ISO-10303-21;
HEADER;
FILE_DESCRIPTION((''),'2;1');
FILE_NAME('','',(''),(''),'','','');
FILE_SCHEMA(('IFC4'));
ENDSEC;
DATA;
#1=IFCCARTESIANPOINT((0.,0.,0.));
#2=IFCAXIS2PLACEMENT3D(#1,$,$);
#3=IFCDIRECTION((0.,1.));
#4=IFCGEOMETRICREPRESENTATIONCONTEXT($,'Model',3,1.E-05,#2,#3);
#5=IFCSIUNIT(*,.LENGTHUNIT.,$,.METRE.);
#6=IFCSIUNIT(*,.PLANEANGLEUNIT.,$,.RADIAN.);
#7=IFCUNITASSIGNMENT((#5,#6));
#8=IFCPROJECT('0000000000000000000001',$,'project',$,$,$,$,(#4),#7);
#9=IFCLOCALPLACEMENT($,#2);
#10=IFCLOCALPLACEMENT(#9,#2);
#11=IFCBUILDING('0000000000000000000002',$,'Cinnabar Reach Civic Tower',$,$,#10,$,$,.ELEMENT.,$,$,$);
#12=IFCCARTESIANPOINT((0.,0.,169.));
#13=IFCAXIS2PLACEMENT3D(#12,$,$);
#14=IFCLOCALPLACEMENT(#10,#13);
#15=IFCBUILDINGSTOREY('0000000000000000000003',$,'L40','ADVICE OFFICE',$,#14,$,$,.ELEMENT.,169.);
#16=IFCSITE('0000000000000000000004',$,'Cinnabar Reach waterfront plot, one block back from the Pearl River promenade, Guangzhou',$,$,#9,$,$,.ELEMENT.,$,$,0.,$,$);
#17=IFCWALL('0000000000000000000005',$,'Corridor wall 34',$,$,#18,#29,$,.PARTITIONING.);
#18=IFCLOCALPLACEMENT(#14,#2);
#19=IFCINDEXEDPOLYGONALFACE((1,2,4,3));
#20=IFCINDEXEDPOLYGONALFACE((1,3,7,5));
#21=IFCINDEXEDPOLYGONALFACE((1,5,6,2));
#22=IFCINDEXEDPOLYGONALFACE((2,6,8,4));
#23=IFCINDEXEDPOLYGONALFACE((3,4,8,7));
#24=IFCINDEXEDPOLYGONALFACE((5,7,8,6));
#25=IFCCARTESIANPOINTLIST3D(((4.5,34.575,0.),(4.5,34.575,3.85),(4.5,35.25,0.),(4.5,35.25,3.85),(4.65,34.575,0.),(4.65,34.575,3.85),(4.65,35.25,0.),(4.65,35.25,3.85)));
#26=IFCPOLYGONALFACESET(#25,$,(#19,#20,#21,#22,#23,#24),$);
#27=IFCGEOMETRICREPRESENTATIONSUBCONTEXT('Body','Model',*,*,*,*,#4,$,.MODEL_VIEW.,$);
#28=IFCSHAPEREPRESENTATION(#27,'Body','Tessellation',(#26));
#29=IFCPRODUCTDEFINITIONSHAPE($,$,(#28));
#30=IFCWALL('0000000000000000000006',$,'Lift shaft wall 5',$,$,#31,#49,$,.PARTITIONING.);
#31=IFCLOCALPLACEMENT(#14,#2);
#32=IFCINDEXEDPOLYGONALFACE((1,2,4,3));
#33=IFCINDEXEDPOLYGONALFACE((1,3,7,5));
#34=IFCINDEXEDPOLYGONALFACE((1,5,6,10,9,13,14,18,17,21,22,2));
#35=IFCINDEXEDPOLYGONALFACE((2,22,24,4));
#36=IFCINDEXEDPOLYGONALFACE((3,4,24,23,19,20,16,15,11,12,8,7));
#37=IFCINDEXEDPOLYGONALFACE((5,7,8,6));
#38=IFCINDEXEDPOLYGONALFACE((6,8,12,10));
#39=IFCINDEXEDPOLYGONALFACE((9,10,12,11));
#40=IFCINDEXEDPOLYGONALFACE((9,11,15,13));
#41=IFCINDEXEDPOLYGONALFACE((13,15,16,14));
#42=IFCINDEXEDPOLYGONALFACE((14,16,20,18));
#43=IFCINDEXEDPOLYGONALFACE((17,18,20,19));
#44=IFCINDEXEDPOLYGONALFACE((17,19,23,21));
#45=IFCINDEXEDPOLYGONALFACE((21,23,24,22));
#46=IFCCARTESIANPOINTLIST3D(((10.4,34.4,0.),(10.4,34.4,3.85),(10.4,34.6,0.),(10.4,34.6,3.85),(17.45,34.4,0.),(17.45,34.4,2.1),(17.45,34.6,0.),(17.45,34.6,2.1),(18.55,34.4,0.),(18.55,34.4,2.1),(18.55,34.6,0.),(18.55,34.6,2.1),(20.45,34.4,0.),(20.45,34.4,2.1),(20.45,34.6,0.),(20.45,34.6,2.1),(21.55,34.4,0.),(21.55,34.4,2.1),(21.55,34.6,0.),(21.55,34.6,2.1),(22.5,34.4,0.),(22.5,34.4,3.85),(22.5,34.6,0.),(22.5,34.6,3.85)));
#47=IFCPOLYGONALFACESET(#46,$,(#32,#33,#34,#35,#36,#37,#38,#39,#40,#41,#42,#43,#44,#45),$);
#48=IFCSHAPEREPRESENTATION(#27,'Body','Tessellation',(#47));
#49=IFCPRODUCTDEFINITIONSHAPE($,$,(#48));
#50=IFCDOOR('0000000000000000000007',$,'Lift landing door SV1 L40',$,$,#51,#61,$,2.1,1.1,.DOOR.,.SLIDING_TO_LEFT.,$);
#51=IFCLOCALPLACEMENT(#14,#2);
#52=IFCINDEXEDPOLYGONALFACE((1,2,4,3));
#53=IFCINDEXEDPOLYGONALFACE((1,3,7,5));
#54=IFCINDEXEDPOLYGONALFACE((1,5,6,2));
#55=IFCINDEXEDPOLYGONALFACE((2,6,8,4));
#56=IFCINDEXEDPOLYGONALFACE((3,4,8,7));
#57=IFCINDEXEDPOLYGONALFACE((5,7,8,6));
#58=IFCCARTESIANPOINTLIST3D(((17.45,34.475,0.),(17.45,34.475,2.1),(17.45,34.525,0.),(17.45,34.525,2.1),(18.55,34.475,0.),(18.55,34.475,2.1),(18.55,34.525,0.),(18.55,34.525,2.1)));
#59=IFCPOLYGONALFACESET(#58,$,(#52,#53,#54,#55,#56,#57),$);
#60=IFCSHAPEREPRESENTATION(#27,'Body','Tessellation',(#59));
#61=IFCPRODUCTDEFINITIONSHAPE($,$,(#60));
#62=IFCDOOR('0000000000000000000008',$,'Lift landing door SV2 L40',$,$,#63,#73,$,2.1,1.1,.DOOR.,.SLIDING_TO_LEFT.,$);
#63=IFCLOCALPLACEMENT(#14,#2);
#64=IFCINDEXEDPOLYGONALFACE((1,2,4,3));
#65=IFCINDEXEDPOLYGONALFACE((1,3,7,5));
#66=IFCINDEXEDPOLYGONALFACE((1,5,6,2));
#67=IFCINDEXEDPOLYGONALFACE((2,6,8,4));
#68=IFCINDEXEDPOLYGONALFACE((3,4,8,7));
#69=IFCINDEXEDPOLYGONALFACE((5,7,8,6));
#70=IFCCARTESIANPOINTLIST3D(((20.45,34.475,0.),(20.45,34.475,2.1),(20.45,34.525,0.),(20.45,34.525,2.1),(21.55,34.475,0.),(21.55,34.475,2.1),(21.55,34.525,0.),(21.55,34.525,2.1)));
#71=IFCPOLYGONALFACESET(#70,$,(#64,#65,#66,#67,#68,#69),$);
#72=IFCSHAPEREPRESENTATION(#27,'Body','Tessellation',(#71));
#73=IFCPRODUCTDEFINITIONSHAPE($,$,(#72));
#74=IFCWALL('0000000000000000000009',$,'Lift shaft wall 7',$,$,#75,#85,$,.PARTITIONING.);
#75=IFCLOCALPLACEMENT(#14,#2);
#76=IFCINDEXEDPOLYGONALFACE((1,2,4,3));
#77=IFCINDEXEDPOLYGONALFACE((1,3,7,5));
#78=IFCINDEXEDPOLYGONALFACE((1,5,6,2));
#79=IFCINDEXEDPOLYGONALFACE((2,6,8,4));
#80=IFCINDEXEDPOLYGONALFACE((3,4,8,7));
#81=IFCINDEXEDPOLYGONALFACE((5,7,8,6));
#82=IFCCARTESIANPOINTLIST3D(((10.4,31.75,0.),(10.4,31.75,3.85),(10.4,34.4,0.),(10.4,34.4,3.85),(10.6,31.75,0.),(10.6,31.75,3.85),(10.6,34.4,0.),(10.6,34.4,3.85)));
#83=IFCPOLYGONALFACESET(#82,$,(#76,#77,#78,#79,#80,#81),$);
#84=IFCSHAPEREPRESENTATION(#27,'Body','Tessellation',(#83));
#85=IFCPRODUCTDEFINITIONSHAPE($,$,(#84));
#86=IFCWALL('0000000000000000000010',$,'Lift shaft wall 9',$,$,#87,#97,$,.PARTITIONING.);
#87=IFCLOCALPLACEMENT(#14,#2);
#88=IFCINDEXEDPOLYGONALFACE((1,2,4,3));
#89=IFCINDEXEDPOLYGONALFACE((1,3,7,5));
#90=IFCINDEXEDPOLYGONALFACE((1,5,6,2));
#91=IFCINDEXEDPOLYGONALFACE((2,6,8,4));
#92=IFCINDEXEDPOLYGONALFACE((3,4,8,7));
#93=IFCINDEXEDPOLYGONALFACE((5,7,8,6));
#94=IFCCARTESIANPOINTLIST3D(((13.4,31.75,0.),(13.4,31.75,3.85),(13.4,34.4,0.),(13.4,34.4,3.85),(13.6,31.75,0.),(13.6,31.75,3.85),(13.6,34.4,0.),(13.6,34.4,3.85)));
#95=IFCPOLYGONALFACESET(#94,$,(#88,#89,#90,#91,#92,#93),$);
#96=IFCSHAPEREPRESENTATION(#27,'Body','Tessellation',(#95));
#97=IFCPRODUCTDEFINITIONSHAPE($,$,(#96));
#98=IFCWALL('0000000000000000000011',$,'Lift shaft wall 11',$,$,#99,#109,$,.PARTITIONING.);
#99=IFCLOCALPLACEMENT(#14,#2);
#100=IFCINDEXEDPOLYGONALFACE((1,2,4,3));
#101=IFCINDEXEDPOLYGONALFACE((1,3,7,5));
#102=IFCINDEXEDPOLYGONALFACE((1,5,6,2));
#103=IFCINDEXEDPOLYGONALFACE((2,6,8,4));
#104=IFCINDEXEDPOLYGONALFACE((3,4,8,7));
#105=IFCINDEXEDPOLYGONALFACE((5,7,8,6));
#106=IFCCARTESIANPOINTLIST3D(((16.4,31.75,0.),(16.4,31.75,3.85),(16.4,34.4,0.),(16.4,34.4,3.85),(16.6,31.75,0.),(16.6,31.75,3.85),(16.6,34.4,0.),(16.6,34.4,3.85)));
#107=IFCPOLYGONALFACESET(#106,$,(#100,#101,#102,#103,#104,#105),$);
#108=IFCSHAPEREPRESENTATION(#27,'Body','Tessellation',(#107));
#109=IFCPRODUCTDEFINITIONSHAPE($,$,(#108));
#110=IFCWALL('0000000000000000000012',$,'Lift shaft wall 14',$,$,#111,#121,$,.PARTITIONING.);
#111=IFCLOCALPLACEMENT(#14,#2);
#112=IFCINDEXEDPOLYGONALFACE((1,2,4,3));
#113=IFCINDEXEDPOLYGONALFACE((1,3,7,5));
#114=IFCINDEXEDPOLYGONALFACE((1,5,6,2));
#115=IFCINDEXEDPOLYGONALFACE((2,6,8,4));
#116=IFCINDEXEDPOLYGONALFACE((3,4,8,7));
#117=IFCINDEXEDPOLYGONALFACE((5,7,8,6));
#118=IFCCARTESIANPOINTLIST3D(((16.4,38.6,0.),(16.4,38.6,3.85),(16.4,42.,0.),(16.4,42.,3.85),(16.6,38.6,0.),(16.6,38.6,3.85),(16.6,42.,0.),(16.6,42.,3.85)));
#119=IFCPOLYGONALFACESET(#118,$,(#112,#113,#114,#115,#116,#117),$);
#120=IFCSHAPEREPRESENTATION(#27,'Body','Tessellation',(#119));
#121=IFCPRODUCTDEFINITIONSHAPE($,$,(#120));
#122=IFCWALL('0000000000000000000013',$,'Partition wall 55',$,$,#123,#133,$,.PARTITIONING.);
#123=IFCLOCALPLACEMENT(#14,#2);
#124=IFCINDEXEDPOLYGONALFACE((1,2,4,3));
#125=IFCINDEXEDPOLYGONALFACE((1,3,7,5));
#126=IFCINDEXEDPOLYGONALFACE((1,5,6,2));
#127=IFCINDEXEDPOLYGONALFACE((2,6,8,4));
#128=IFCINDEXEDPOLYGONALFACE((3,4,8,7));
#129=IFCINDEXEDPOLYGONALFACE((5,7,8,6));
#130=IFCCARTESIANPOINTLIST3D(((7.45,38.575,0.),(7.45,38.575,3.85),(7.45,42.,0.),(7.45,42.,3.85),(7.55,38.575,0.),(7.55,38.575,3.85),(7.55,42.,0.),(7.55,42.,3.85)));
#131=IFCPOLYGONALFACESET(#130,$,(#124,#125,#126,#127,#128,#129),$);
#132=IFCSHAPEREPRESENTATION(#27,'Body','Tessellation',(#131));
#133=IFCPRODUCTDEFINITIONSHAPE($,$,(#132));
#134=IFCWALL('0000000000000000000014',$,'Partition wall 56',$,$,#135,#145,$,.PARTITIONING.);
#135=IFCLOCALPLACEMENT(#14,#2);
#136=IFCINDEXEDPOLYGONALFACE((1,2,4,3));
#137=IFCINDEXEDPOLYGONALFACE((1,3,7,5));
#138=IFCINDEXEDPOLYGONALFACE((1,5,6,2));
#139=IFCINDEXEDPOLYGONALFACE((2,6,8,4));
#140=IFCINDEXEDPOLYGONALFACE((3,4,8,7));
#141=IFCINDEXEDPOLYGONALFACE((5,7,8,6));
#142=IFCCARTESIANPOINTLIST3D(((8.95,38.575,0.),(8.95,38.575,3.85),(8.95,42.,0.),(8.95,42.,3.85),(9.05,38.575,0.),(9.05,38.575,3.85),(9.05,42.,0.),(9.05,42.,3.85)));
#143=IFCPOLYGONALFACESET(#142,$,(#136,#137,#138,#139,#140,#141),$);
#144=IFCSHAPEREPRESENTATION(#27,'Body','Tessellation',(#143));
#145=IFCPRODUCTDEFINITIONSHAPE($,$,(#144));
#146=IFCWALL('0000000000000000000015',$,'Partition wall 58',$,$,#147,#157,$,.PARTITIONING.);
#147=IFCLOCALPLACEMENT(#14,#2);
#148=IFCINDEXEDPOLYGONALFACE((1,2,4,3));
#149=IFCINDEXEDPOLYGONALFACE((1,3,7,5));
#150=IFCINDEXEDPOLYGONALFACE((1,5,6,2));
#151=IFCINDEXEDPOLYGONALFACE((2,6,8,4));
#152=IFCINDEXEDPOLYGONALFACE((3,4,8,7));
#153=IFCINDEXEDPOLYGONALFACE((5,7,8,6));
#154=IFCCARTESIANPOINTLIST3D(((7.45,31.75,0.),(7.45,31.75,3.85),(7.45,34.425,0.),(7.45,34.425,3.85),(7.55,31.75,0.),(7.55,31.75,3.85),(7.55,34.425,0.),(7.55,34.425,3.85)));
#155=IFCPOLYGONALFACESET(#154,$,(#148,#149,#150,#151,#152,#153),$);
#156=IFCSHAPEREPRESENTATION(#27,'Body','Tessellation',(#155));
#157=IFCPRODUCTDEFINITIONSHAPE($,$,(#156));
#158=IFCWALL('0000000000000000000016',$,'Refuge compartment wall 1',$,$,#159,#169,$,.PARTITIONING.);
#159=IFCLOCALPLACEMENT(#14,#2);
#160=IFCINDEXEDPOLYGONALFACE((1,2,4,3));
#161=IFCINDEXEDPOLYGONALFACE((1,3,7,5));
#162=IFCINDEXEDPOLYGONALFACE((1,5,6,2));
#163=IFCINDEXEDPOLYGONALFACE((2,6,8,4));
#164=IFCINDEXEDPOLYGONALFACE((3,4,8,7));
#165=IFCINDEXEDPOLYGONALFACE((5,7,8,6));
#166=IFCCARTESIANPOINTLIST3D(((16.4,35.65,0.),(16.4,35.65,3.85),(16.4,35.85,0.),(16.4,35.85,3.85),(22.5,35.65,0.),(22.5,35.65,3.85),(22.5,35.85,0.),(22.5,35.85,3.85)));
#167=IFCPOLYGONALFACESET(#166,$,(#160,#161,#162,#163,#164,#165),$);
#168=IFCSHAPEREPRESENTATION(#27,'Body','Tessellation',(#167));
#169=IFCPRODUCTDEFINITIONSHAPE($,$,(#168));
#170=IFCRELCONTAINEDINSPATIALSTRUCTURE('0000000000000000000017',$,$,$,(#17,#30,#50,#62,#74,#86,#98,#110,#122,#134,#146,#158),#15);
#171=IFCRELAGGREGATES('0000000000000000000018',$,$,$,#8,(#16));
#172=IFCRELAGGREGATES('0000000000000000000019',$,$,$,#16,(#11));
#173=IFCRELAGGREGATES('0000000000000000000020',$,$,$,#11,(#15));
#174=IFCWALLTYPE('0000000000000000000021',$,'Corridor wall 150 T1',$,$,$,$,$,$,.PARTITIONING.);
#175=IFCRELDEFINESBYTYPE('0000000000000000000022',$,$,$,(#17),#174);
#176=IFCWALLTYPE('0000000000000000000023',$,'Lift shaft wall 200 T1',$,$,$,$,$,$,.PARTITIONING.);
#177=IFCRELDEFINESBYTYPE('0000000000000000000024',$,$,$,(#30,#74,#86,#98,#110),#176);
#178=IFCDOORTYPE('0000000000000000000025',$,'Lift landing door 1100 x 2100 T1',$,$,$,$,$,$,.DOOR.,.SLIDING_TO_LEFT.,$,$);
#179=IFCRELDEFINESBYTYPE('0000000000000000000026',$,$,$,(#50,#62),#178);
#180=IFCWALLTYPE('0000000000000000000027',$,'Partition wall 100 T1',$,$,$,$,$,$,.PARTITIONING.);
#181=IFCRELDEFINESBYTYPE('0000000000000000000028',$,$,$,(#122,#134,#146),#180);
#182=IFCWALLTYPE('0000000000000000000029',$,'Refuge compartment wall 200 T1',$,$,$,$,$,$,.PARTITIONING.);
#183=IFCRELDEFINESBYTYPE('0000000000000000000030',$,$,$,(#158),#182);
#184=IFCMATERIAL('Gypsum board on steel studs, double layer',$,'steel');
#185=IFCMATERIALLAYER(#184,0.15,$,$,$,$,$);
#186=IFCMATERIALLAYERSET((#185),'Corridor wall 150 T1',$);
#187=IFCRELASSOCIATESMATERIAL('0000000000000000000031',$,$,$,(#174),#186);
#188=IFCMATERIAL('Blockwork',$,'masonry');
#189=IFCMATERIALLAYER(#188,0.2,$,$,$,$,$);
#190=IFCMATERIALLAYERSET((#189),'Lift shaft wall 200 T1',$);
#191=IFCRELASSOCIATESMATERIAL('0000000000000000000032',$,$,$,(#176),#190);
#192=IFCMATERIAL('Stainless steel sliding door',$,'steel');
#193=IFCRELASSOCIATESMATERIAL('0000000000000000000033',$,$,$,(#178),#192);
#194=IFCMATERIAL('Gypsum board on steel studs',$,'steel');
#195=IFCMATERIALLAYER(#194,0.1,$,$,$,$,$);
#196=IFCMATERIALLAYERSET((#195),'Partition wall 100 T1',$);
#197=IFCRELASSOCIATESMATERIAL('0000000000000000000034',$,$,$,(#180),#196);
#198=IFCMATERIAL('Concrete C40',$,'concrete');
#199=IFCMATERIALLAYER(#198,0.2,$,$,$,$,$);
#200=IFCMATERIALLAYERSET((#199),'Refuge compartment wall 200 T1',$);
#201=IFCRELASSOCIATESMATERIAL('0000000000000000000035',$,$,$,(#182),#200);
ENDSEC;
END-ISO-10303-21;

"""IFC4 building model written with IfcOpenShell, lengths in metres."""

from ifc_helpers import new_model, si_unit, direction, frame, frame_2d, origin, place, context, subcontext, project, spatial, rectangle, extrude, material, layer, layer_set, type_object, element, fill, save


model = new_model("IFC4")

# Units and contexts
model_context = context("Model", 3, precision=1e-05, world=origin(), true_north=direction((0.0, 1.0)))
body_context = subcontext(model_context, "Body", "Model", "MODEL_VIEW")
ifc_project = project(units=[si_unit("LENGTHUNIT", "METRE"), si_unit("PLANEANGLEUNIT", "RADIAN")], contexts=[model_context])

# Site, building, storey
site_placement = place(None, origin())
site = spatial("IfcSite", under=ifc_project, at=site_placement, Name="Cinnabar Reach waterfront plot, one block back from the Pearl River promenade, Guangzhou", CompositionType="ELEMENT", RefElevation=0.0)
building_placement = place(site_placement, origin())
building = spatial("IfcBuilding", under=site, at=building_placement, Name="Cinnabar Reach Civic Tower", CompositionType="ELEMENT")
storey_placement = place(building_placement, frame((0.0, 0.0, 169.0)))
storey = spatial("IfcBuildingStorey", under=building, at=storey_placement, Name="L40", Description="ADVICE OFFICE", CompositionType="ELEMENT", Elevation=169.0)

# Wall
ifc_material_1 = material(Name="Gypsum board on steel studs, double layer", Category="steel")
ifc_layer_1 = layer(ifc_material_1, 0.15)
ifc_layer_set_1 = layer_set([ifc_layer_1], Name="Corridor wall 150 T1")
wall_type_1 = type_object("IfcWallType", Name="Corridor wall 150 T1", PredefinedType="PARTITIONING", material=ifc_layer_set_1)
wall_1_placement = place(storey_placement, frame((4.575, 34.575, 0.0), z_axis=(0.0, 0.0, 1.0), x_axis=(0.0, 1.0, 0.0)))
element("IfcWall", 1, at=wall_1_placement, inside=storey, type_object=wall_type_1, Name="Corridor wall 34", PredefinedType="PARTITIONING", context=body_context, shape_type="SweptSolid", body=[
    extrude(rectangle(XDim=0.675, YDim=0.15, at=frame_2d((0.3375, 0.0))), origin(), (0.0, 0.0, 1.0), 3.85),
])

# Wall, openings, doors
ifc_material_2 = material(Name="Blockwork", Category="masonry")
ifc_layer_2 = layer(ifc_material_2, 0.2)
ifc_layer_set_2 = layer_set([ifc_layer_2], Name="Lift shaft wall 200 T1")
wall_type_2 = type_object("IfcWallType", Name="Lift shaft wall 200 T1", PredefinedType="PARTITIONING", material=ifc_layer_set_2)
wall_2_placement = place(storey_placement, frame((10.4, 34.5, 0.0), z_axis=(0.0, 0.0, 1.0), x_axis=(1.0, 0.0, 0.0)))
wall_2 = element("IfcWall", 2, at=wall_2_placement, inside=storey, type_object=wall_type_2, Name="Lift shaft wall 5", PredefinedType="PARTITIONING", context=body_context, shape_type="SweptSolid", body=[
    extrude(rectangle(XDim=12.1, YDim=0.2, at=frame_2d((6.05, 0.0))), origin(), (0.0, 0.0, 1.0), 3.85),
])
opening_1_placement = place(wall_2_placement, frame((7.05, 0.0, 0.0)))
opening_1 = element("IfcOpeningElement", 3, at=opening_1_placement, cuts=wall_2, PredefinedType="OPENING", context=body_context, shape_type="SweptSolid", body=[
    extrude(rectangle(XDim=1.1, YDim=2.1, at=frame_2d((0.55, 1.05))), frame((0.0, 0.11, 0.0), z_axis=(0.0, -1.0, 0.0), x_axis=(1.0, 0.0, 0.0)), (0.0, 0.0, 1.0), 0.22),
])
opening_2_placement = place(wall_2_placement, frame((10.05, 0.0, 0.0)))
opening_2 = element("IfcOpeningElement", 4, at=opening_2_placement, cuts=wall_2, PredefinedType="OPENING", context=body_context, shape_type="SweptSolid", body=[
    extrude(rectangle(XDim=1.1, YDim=2.1, at=frame_2d((0.55, 1.05))), frame((0.0, 0.11, 0.0), z_axis=(0.0, -1.0, 0.0), x_axis=(1.0, 0.0, 0.0)), (0.0, 0.0, 1.0), 0.22),
])
ifc_material_3 = material(Name="Stainless steel sliding door", Category="steel")
door_type_1 = type_object("IfcDoorType", Name="Lift landing door 1100 x 2100 T1", OperationType="SLIDING_TO_LEFT", PredefinedType="DOOR", material=ifc_material_3)
door_1_placement = place(opening_1_placement, origin())
door_1 = element("IfcDoor", 5, at=door_1_placement, inside=storey, type_object=door_type_1, Name="Lift landing door SV1 L40", OperationType="SLIDING_TO_LEFT", OverallHeight=2.1, OverallWidth=1.1, PredefinedType="DOOR", context=body_context, shape_type="SweptSolid", body=[
    extrude(rectangle(XDim=1.1, YDim=2.1, at=frame_2d((0.55, 1.05))), frame((0.0, 0.025, 0.0), z_axis=(0.0, -1.0, 0.0), x_axis=(1.0, 0.0, 0.0)), (0.0, 0.0, 1.0), 0.05),
])
fill(opening_1, door_1)
door_2_placement = place(opening_2_placement, origin())
door_2 = element("IfcDoor", 6, at=door_2_placement, inside=storey, type_object=door_type_1, Name="Lift landing door SV2 L40", OperationType="SLIDING_TO_LEFT", OverallHeight=2.1, OverallWidth=1.1, PredefinedType="DOOR", context=body_context, shape_type="SweptSolid", body=[
    extrude(rectangle(XDim=1.1, YDim=2.1, at=frame_2d((0.55, 1.05))), frame((0.0, 0.025, 0.0), z_axis=(0.0, -1.0, 0.0), x_axis=(1.0, 0.0, 0.0)), (0.0, 0.0, 1.0), 0.05),
])
fill(opening_2, door_2)

# Walls
for number, where, z_axis, x_axis, name in (
    (7, (10.5, 31.75, 0.0), (0.0, 0.0, 1.0), (0.0, 1.0, 0.0), "Lift shaft wall 7"),
    (8, (13.5, 31.75, 0.0), (0.0, 0.0, 1.0), (0.0, 1.0, 0.0), "Lift shaft wall 9"),
    (9, (16.5, 31.75, 0.0), (0.0, 0.0, 1.0), (0.0, 1.0, 0.0), "Lift shaft wall 11"),
):
    element("IfcWall", number, at=place(storey_placement, frame(where, z_axis=z_axis, x_axis=x_axis)), inside=storey, type_object=wall_type_2, Name=name, PredefinedType="PARTITIONING", context=body_context, shape_type="SweptSolid", body=[
        extrude(rectangle(XDim=2.65, YDim=0.2, at=frame_2d((1.325, 0.0))), origin(), (0.0, 0.0, 1.0), 3.85),
    ])
wall_3_placement = place(storey_placement, frame((16.5, 38.6, 0.0), z_axis=(0.0, 0.0, 1.0), x_axis=(0.0, 1.0, 0.0)))
element("IfcWall", 10, at=wall_3_placement, inside=storey, type_object=wall_type_2, Name="Lift shaft wall 14", PredefinedType="PARTITIONING", context=body_context, shape_type="SweptSolid", body=[
    extrude(rectangle(XDim=3.4, YDim=0.2, at=frame_2d((1.7, 0.0))), origin(), (0.0, 0.0, 1.0), 3.85),
])
ifc_material_4 = material(Name="Gypsum board on steel studs", Category="steel")
ifc_layer_3 = layer(ifc_material_4, 0.1)
ifc_layer_set_3 = layer_set([ifc_layer_3], Name="Partition wall 100 T1")
wall_type_3 = type_object("IfcWallType", Name="Partition wall 100 T1", PredefinedType="PARTITIONING", material=ifc_layer_set_3)
for number, where, z_axis, x_axis, name in (
    (11, (7.5, 38.575, 0.0), (0.0, 0.0, 1.0), (0.0, 1.0, 0.0), "Partition wall 55"),
    (12, (9.0, 38.575, 0.0), (0.0, 0.0, 1.0), (0.0, 1.0, 0.0), "Partition wall 56"),
):
    element("IfcWall", number, at=place(storey_placement, frame(where, z_axis=z_axis, x_axis=x_axis)), inside=storey, type_object=wall_type_3, Name=name, PredefinedType="PARTITIONING", context=body_context, shape_type="SweptSolid", body=[
        extrude(rectangle(XDim=3.425, YDim=0.1, at=frame_2d((1.7125, 0.0))), origin(), (0.0, 0.0, 1.0), 3.85),
    ])
wall_4_placement = place(storey_placement, frame((7.5, 31.75, 0.0), z_axis=(0.0, 0.0, 1.0), x_axis=(0.0, 1.0, 0.0)))
element("IfcWall", 13, at=wall_4_placement, inside=storey, type_object=wall_type_3, Name="Partition wall 58", PredefinedType="PARTITIONING", context=body_context, shape_type="SweptSolid", body=[
    extrude(rectangle(XDim=2.675, YDim=0.1, at=frame_2d((1.3375, 0.0))), origin(), (0.0, 0.0, 1.0), 3.85),
])
ifc_material_5 = material(Name="Concrete C40", Category="concrete")
ifc_layer_4 = layer(ifc_material_5, 0.2)
ifc_layer_set_4 = layer_set([ifc_layer_4], Name="Refuge compartment wall 200 T1")
wall_type_4 = type_object("IfcWallType", Name="Refuge compartment wall 200 T1", PredefinedType="PARTITIONING", material=ifc_layer_set_4)
wall_5_placement = place(storey_placement, frame((16.4, 35.75, 0.0), z_axis=(0.0, 0.0, 1.0), x_axis=(1.0, 0.0, 0.0)))
element("IfcWall", 14, at=wall_5_placement, inside=storey, type_object=wall_type_4, Name="Refuge compartment wall 1", PredefinedType="PARTITIONING", context=body_context, shape_type="SweptSolid", body=[
    extrude(rectangle(XDim=6.1, YDim=0.2, at=frame_2d((3.05, 0.0))), origin(), (0.0, 0.0, 1.0), 3.85),
])

save(model, "model.ifc")
